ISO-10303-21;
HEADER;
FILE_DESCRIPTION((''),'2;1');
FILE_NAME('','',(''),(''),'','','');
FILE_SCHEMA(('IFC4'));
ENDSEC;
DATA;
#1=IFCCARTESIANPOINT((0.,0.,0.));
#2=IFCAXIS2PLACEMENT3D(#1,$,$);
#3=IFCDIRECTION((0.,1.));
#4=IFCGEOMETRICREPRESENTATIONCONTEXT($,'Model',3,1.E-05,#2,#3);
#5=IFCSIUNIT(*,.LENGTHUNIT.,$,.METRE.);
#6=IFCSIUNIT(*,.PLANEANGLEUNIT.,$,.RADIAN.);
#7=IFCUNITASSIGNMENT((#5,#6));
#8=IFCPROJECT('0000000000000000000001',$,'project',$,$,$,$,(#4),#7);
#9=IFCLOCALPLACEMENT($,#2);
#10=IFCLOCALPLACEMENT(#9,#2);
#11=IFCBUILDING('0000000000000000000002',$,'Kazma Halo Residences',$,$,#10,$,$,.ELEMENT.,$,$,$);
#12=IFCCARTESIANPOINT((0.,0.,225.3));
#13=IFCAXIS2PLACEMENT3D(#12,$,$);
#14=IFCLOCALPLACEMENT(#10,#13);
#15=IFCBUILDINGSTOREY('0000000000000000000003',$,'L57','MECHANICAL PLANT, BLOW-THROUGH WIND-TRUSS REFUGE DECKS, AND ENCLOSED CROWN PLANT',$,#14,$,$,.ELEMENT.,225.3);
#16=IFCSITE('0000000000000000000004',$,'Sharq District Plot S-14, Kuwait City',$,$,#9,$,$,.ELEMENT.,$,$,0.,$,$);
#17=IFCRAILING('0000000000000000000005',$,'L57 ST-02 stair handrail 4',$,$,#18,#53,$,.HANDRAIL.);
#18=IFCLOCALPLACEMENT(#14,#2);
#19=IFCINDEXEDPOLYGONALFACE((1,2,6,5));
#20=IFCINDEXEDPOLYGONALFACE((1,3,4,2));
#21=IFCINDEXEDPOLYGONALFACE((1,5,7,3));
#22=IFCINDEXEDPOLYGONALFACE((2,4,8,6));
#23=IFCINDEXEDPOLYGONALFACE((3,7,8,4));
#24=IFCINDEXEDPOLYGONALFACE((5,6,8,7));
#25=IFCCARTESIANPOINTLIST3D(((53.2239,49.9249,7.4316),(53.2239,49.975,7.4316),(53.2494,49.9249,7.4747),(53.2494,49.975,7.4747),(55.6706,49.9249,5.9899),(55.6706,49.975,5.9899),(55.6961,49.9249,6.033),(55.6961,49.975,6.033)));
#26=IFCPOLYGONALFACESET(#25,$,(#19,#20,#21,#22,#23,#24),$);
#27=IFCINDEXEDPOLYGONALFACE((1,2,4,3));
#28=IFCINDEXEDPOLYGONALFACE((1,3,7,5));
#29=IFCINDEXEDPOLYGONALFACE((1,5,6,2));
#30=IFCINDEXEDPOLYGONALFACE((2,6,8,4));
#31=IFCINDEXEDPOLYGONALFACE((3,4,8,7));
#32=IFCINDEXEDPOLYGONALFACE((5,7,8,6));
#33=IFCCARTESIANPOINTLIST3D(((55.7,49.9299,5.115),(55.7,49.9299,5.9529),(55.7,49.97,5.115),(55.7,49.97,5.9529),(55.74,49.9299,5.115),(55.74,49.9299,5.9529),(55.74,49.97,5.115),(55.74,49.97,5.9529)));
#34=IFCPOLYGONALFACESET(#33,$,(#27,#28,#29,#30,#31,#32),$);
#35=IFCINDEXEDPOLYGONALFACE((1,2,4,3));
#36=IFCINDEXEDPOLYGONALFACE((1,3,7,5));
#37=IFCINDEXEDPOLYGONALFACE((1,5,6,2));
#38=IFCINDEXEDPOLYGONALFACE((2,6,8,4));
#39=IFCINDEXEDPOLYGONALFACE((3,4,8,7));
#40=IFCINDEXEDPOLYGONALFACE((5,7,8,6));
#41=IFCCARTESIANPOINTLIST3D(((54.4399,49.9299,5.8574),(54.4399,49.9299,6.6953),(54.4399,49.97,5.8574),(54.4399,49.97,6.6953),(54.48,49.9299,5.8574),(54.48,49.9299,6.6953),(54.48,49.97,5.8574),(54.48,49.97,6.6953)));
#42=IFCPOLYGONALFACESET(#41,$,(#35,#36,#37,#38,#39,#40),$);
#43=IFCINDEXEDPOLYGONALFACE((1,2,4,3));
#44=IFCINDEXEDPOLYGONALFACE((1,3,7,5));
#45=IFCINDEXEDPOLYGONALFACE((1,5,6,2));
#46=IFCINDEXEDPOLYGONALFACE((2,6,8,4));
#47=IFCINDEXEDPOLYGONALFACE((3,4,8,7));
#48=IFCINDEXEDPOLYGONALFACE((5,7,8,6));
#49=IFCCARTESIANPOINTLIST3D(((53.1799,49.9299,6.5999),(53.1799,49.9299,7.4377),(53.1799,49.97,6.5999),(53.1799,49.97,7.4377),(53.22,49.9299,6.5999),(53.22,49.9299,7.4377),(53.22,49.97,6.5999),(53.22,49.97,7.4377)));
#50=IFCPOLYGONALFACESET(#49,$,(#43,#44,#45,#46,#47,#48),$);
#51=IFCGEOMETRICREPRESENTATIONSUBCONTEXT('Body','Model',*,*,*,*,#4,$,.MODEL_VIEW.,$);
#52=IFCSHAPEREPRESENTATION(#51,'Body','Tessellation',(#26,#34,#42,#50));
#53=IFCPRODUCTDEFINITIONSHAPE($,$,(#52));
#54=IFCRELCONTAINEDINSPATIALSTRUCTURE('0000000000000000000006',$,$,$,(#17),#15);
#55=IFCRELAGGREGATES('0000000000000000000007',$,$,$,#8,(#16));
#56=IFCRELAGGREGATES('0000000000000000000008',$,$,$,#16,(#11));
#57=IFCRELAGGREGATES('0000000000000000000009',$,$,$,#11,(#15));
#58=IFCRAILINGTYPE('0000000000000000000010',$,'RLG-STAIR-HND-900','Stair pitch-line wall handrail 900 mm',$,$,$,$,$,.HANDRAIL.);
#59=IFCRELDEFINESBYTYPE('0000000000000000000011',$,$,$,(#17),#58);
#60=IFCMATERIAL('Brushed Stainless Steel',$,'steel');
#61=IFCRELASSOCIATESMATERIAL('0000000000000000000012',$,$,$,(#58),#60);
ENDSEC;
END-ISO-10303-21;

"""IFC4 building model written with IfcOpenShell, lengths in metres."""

from ifc_helpers import new_model, si_unit, direction, frame, origin, origin_2d, place, context, subcontext, project, spatial, rectangle, extrude, material, type_object, element, save


model = new_model("IFC4")

# Units and contexts
model_context = context("Model", 3, precision=1e-05, world=origin(), true_north=direction((0.0, 1.0)))
body_context = subcontext(model_context, "Body", "Model", "MODEL_VIEW")
ifc_project = project(units=[si_unit("LENGTHUNIT", "METRE"), si_unit("PLANEANGLEUNIT", "RADIAN")], contexts=[model_context])

# Site, building, storey
site_placement = place(None, origin())
site = spatial("IfcSite", under=ifc_project, at=site_placement, Name="Sharq District Plot S-14, Kuwait City", CompositionType="ELEMENT", RefElevation=0.0)
building_placement = place(site_placement, origin())
building = spatial("IfcBuilding", under=site, at=building_placement, Name="Kazma Halo Residences", CompositionType="ELEMENT")
storey_placement = place(building_placement, frame((0.0, 0.0, 225.3)))
storey = spatial("IfcBuildingStorey", under=building, at=storey_placement, Name="L57", Description="MECHANICAL PLANT, BLOW-THROUGH WIND-TRUSS REFUGE DECKS, AND ENCLOSED CROWN PLANT", CompositionType="ELEMENT", Elevation=225.3)

# Railing
ifc_material_1 = material(Name="Brushed Stainless Steel", Category="steel")
railing_type_1 = type_object("IfcRailingType", Name="RLG-STAIR-HND-900", Description="Stair pitch-line wall handrail 900 mm", PredefinedType="HANDRAIL", material=ifc_material_1)
railing_1_placement = place(storey_placement, frame((55.72, 49.95, 5.115)))
element("IfcRailing", 1, at=railing_1_placement, inside=storey, type_object=railing_type_1, Name="L57 ST-02 stair handrail 4", PredefinedType="HANDRAIL", context=body_context, shape_type="SweptSolid", body=[
    extrude(rectangle(XDim=0.05, YDim=0.05, at=origin_2d()), frame((-0.0366, 0.0, 0.8965), z_axis=(-0.861561, 0.0, 0.507655), x_axis=(0.0, -1.0, 0.0)), (0.0, 0.0, 1.0), 2.8398),
    extrude(rectangle(XDim=0.04, YDim=0.04, at=origin_2d()), origin(), (0.0, 0.0, 1.0), 0.8379),
    extrude(rectangle(XDim=0.04, YDim=0.04, at=origin_2d()), frame((-1.26, 0.0, 0.7424)), (0.0, 0.0, 1.0), 0.8379),
    extrude(rectangle(XDim=0.04, YDim=0.04, at=origin_2d()), frame((-2.52, 0.0, 1.4849)), (0.0, 0.0, 1.0), 0.8379),
])

save(model, "model.ifc")
